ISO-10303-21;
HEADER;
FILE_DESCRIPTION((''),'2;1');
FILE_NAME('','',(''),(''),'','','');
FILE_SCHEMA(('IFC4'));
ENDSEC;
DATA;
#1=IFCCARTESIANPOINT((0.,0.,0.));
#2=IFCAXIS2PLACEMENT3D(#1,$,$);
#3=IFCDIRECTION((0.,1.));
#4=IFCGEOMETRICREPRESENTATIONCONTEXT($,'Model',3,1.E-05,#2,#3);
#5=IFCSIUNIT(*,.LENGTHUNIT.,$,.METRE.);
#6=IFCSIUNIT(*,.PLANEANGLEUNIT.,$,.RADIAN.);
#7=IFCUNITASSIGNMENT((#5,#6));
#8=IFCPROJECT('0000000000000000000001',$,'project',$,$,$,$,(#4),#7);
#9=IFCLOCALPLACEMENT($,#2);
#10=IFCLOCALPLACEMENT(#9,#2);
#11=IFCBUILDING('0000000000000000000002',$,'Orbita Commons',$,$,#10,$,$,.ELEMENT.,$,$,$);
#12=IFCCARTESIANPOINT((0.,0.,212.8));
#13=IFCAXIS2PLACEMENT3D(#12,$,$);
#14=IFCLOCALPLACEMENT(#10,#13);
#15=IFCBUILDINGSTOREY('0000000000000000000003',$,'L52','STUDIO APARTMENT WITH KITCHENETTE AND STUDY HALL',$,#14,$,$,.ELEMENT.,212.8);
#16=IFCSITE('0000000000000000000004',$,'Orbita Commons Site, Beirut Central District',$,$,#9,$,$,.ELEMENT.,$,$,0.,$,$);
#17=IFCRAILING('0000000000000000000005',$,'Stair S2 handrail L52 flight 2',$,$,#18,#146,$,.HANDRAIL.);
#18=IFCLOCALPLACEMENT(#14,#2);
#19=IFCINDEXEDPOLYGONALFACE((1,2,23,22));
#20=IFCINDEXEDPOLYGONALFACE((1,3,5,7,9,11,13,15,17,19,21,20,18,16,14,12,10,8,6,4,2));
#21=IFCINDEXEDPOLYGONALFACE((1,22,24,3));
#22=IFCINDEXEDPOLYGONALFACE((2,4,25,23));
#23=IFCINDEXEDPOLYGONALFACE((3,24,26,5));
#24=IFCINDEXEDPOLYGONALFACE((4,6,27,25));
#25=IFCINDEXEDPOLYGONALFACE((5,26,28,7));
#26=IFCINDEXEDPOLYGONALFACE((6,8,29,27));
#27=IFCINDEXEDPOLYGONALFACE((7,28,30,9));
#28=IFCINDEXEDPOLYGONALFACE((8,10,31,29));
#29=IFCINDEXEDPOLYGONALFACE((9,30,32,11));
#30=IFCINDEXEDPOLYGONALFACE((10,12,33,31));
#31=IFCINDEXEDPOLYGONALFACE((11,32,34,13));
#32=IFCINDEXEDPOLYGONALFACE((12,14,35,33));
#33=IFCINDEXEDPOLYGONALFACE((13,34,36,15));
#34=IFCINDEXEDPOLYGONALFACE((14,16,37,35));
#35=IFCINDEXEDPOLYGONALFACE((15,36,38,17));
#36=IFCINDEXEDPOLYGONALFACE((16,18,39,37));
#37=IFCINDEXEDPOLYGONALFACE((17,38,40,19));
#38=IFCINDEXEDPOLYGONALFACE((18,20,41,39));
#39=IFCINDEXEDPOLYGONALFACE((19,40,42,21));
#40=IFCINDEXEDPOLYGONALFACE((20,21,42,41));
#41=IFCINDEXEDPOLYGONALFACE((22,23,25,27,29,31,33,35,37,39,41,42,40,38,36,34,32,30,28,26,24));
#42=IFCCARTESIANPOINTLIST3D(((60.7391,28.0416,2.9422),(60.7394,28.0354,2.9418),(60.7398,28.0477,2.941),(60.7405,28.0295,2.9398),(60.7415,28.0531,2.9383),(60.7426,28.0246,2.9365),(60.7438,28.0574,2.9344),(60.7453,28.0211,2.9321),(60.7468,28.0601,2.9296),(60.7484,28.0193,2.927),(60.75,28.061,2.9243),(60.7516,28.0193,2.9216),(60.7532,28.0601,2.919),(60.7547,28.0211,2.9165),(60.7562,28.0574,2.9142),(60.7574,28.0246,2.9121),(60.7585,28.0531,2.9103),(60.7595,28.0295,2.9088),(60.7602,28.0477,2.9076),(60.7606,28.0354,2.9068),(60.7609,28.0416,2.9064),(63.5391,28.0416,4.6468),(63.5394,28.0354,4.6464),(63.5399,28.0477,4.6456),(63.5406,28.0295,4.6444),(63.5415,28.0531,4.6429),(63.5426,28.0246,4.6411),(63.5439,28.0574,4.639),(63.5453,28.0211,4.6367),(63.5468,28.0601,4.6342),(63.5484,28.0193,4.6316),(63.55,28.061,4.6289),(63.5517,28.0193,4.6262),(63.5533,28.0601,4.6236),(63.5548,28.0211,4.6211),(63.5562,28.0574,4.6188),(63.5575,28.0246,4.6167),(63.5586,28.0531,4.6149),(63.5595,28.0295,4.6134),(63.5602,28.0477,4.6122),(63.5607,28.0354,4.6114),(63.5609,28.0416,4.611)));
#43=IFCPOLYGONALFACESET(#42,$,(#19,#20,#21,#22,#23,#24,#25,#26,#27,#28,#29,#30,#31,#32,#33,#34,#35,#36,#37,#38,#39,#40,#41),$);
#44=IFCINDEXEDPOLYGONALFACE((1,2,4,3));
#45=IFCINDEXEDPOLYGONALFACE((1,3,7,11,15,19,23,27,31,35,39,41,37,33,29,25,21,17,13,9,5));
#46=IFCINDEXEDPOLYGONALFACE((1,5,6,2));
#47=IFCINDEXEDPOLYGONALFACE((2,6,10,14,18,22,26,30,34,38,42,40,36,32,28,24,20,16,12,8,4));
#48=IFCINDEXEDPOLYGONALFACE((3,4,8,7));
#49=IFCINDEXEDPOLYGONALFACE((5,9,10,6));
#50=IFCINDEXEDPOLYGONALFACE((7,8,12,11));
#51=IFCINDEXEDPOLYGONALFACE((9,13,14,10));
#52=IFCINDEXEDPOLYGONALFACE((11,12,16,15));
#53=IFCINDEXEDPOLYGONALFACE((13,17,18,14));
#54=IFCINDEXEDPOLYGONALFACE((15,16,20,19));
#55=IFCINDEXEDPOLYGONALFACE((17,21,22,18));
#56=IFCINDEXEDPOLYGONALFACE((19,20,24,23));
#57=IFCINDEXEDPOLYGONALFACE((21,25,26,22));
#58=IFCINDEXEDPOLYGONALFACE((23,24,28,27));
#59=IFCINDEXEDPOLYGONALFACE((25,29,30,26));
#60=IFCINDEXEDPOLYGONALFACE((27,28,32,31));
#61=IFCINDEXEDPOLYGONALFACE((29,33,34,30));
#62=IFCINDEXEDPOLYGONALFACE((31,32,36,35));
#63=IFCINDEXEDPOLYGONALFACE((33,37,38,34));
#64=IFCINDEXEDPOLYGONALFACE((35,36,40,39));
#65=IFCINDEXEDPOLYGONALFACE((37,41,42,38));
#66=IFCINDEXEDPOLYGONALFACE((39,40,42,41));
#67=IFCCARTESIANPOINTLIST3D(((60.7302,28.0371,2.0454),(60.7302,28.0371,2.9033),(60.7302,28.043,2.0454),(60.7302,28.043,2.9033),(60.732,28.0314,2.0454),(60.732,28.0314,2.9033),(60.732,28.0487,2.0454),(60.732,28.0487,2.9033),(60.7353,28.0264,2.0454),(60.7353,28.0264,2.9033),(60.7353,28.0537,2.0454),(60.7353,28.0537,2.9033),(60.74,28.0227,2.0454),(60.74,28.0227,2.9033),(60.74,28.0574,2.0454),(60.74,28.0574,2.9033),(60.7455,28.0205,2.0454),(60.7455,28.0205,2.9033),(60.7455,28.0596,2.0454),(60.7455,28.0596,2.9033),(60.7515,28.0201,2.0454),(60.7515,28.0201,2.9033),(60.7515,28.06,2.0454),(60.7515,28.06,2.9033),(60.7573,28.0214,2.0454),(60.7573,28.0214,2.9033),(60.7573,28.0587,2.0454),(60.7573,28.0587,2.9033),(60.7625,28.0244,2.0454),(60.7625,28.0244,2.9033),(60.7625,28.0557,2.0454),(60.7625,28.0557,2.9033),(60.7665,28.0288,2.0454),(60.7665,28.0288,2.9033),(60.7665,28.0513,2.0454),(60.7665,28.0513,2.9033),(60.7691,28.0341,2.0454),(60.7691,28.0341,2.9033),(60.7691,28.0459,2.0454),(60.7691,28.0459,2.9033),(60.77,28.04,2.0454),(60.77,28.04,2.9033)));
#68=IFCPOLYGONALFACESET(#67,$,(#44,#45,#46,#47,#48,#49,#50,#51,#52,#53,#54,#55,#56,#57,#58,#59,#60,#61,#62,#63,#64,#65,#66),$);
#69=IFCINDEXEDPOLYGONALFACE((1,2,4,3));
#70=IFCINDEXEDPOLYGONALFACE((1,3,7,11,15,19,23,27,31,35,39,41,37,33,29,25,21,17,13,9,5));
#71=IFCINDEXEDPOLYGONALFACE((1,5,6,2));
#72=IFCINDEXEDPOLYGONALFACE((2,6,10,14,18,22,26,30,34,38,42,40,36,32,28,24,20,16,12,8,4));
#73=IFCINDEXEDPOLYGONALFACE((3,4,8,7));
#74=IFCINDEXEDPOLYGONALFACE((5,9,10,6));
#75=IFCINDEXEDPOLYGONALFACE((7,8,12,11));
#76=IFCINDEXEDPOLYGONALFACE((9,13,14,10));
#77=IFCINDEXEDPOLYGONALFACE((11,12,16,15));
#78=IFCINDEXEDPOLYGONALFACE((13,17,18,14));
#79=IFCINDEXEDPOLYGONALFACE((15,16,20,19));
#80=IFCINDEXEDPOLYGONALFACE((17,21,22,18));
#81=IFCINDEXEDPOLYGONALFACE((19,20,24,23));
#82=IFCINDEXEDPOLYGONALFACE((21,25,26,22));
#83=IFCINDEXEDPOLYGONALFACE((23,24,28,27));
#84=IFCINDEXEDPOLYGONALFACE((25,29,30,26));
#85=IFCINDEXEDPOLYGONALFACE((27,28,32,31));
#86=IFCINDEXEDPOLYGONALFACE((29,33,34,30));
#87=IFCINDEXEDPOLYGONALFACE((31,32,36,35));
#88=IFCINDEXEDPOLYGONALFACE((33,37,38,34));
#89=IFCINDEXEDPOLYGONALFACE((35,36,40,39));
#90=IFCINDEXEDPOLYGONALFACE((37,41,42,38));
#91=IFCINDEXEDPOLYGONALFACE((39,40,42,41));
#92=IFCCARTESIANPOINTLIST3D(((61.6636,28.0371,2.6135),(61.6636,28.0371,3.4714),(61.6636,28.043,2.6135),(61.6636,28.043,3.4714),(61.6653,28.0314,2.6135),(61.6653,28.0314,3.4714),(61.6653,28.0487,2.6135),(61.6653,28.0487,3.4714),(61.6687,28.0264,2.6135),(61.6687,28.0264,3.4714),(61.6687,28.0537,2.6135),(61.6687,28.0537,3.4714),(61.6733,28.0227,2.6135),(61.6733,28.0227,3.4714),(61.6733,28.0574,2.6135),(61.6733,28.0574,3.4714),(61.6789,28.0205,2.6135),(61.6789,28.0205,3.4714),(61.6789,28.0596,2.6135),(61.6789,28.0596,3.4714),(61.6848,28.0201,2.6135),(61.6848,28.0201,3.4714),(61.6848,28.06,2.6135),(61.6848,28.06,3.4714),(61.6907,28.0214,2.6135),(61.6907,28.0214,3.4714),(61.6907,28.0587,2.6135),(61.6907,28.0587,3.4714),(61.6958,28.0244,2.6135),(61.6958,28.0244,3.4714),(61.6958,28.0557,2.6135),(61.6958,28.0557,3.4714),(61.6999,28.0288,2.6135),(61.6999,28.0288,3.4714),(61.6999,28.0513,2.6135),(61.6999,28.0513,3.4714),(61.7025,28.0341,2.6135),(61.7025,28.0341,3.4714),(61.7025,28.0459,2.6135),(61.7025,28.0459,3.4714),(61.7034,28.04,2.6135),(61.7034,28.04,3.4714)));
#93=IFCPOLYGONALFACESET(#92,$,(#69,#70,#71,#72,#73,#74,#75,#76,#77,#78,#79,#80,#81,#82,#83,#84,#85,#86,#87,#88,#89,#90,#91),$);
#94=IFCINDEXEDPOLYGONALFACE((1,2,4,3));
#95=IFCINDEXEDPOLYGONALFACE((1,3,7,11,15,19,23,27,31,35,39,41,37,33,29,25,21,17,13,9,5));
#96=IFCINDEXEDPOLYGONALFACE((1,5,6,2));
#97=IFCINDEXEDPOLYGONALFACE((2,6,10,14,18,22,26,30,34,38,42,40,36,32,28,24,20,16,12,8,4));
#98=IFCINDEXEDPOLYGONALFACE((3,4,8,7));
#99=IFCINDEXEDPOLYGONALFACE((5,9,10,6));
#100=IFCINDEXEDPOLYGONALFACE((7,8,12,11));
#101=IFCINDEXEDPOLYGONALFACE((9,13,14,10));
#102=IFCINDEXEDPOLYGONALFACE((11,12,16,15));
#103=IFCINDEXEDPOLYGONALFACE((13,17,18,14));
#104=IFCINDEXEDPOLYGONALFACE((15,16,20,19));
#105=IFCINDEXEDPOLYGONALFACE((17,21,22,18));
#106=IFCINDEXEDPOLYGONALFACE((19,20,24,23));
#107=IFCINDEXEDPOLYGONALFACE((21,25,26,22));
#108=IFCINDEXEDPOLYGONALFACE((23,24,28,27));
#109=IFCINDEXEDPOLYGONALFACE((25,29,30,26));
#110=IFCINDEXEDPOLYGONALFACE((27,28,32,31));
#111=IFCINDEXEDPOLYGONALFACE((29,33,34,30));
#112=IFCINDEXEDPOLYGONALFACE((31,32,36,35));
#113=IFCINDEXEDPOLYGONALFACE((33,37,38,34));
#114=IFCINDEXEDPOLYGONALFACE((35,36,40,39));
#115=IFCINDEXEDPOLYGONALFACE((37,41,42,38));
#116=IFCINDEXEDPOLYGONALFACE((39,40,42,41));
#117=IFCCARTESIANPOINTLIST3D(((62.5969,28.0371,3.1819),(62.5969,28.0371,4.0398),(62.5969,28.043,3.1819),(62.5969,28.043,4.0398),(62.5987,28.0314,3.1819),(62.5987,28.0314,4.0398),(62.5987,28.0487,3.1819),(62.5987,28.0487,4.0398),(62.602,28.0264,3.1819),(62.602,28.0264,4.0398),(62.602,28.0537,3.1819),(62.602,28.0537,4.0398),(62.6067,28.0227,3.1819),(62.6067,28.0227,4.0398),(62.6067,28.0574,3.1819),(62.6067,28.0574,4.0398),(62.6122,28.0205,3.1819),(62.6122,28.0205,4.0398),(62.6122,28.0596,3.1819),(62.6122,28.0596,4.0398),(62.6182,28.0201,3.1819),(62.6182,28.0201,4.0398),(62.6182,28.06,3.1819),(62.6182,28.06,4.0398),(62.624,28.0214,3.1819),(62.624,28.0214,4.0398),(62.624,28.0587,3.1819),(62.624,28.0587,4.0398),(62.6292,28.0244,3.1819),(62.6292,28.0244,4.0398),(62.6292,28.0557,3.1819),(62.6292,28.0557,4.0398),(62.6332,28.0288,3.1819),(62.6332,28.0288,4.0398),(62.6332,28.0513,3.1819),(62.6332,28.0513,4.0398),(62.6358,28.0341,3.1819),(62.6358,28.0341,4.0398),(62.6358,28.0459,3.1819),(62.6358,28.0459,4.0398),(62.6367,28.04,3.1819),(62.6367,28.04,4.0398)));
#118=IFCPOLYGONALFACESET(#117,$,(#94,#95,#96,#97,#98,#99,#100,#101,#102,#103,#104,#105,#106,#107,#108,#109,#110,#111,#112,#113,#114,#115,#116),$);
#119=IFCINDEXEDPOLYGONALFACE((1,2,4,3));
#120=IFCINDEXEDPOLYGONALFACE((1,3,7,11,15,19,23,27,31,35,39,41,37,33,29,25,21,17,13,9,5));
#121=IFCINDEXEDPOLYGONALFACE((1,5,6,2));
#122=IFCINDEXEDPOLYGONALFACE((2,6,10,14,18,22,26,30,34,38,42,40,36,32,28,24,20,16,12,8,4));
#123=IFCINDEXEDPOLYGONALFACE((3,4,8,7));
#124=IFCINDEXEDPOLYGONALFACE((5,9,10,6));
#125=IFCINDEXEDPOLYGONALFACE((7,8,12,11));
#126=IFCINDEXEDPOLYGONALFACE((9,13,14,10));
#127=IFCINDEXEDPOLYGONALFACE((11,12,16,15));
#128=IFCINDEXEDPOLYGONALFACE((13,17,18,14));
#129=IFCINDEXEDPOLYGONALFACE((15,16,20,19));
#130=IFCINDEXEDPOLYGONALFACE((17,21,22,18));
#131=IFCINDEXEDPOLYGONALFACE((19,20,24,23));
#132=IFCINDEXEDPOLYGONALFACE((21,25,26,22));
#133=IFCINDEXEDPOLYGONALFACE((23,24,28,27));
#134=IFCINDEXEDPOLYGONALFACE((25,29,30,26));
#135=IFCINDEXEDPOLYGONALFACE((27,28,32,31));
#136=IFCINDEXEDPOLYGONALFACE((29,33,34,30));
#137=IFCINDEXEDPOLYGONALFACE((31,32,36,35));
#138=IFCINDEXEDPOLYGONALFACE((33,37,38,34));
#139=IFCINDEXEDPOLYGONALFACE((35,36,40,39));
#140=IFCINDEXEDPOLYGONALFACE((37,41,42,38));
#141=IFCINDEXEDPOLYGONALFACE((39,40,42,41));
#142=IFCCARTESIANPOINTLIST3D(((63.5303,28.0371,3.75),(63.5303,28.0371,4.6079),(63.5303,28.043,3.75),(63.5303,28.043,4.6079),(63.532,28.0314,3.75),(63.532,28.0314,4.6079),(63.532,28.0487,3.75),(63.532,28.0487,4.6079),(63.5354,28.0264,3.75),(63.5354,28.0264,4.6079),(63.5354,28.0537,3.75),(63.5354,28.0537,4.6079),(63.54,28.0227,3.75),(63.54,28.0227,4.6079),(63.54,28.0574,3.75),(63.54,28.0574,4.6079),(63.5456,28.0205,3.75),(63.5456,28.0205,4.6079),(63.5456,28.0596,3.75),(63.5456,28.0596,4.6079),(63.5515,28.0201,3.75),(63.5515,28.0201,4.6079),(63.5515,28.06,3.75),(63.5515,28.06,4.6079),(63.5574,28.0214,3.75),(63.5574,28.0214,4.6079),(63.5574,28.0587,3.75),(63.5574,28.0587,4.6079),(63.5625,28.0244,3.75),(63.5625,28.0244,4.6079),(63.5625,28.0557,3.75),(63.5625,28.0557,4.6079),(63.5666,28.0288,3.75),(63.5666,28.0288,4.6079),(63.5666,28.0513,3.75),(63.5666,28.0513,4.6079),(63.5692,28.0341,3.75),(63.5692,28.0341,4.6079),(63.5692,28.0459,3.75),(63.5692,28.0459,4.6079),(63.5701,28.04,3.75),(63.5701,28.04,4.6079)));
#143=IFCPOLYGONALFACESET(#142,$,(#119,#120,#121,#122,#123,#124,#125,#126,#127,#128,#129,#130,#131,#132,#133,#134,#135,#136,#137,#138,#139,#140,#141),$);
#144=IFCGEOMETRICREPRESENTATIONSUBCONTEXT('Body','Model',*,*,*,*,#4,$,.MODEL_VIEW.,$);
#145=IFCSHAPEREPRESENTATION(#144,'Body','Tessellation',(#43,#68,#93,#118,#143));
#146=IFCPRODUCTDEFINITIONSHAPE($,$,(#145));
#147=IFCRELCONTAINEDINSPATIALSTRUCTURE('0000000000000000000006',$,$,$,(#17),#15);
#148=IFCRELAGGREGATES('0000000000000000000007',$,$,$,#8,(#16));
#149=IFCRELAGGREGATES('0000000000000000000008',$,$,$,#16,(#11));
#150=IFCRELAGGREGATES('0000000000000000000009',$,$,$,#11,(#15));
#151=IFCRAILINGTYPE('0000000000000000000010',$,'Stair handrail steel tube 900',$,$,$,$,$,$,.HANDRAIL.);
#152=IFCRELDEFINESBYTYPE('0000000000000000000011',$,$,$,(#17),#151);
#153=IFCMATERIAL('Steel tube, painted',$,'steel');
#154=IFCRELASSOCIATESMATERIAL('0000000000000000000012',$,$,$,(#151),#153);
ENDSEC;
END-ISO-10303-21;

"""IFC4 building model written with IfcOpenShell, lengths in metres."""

from ifc_helpers import new_model, si_unit, direction, frame, origin, origin_2d, place, context, subcontext, project, spatial, circle, extrude, material, type_object, element, save


model = new_model("IFC4")

# Units and contexts
model_context = context("Model", 3, precision=1e-05, world=origin(), true_north=direction((0.0, 1.0)))
body_context = subcontext(model_context, "Body", "Model", "MODEL_VIEW")
ifc_project = project(units=[si_unit("LENGTHUNIT", "METRE"), si_unit("PLANEANGLEUNIT", "RADIAN")], contexts=[model_context])

# Site, building, storey
site_placement = place(None, origin())
site = spatial("IfcSite", under=ifc_project, at=site_placement, Name="Orbita Commons Site, Beirut Central District", CompositionType="ELEMENT", RefElevation=0.0)
building_placement = place(site_placement, origin())
building = spatial("IfcBuilding", under=site, at=building_placement, Name="Orbita Commons", CompositionType="ELEMENT")
storey_placement = place(building_placement, frame((0.0, 0.0, 212.8)))
storey = spatial("IfcBuildingStorey", under=building, at=storey_placement, Name="L52", Description="STUDIO APARTMENT WITH KITCHENETTE AND STUDY HALL", CompositionType="ELEMENT", Elevation=212.8)

# Railing
ifc_material_1 = material(Name="Steel tube, painted", Category="steel")
railing_type = type_object("IfcRailingType", Name="Stair handrail steel tube 900", PredefinedType="HANDRAIL", material=ifc_material_1)
for number, where, name in (
    (1, (60.75, 28.04, 2.0454), "Stair S2 handrail L52 flight 2"),
):
    element("IfcRailing", number, at=place(storey_placement, frame(where)), inside=storey, type_object=railing_type, Name=name, PredefinedType="HANDRAIL", context=body_context, shape_type="SweptSolid", body=[
        extrude(circle(Radius=0.021, at=origin_2d()), frame((0.0, 0.0, 0.8789), z_axis=(0.85417, 0.0, 0.519994), x_axis=(0.0, 1.0, 0.0)), (0.0, 0.0, 1.0), 3.2781),
        extrude(circle(Radius=0.02, at=origin_2d()), origin(), (0.0, 0.0, 1.0), 0.8579),
        extrude(circle(Radius=0.02, at=origin_2d()), frame((0.9333, 0.0, 0.5681)), (0.0, 0.0, 1.0), 0.8579),
        extrude(circle(Radius=0.02, at=origin_2d()), frame((1.8667, 0.0, 1.1365)), (0.0, 0.0, 1.0), 0.8579),
        extrude(circle(Radius=0.02, at=origin_2d()), frame((2.8, 0.0, 1.7046)), (0.0, 0.0, 1.0), 0.8579),
    ])

save(model, "model.ifc")
